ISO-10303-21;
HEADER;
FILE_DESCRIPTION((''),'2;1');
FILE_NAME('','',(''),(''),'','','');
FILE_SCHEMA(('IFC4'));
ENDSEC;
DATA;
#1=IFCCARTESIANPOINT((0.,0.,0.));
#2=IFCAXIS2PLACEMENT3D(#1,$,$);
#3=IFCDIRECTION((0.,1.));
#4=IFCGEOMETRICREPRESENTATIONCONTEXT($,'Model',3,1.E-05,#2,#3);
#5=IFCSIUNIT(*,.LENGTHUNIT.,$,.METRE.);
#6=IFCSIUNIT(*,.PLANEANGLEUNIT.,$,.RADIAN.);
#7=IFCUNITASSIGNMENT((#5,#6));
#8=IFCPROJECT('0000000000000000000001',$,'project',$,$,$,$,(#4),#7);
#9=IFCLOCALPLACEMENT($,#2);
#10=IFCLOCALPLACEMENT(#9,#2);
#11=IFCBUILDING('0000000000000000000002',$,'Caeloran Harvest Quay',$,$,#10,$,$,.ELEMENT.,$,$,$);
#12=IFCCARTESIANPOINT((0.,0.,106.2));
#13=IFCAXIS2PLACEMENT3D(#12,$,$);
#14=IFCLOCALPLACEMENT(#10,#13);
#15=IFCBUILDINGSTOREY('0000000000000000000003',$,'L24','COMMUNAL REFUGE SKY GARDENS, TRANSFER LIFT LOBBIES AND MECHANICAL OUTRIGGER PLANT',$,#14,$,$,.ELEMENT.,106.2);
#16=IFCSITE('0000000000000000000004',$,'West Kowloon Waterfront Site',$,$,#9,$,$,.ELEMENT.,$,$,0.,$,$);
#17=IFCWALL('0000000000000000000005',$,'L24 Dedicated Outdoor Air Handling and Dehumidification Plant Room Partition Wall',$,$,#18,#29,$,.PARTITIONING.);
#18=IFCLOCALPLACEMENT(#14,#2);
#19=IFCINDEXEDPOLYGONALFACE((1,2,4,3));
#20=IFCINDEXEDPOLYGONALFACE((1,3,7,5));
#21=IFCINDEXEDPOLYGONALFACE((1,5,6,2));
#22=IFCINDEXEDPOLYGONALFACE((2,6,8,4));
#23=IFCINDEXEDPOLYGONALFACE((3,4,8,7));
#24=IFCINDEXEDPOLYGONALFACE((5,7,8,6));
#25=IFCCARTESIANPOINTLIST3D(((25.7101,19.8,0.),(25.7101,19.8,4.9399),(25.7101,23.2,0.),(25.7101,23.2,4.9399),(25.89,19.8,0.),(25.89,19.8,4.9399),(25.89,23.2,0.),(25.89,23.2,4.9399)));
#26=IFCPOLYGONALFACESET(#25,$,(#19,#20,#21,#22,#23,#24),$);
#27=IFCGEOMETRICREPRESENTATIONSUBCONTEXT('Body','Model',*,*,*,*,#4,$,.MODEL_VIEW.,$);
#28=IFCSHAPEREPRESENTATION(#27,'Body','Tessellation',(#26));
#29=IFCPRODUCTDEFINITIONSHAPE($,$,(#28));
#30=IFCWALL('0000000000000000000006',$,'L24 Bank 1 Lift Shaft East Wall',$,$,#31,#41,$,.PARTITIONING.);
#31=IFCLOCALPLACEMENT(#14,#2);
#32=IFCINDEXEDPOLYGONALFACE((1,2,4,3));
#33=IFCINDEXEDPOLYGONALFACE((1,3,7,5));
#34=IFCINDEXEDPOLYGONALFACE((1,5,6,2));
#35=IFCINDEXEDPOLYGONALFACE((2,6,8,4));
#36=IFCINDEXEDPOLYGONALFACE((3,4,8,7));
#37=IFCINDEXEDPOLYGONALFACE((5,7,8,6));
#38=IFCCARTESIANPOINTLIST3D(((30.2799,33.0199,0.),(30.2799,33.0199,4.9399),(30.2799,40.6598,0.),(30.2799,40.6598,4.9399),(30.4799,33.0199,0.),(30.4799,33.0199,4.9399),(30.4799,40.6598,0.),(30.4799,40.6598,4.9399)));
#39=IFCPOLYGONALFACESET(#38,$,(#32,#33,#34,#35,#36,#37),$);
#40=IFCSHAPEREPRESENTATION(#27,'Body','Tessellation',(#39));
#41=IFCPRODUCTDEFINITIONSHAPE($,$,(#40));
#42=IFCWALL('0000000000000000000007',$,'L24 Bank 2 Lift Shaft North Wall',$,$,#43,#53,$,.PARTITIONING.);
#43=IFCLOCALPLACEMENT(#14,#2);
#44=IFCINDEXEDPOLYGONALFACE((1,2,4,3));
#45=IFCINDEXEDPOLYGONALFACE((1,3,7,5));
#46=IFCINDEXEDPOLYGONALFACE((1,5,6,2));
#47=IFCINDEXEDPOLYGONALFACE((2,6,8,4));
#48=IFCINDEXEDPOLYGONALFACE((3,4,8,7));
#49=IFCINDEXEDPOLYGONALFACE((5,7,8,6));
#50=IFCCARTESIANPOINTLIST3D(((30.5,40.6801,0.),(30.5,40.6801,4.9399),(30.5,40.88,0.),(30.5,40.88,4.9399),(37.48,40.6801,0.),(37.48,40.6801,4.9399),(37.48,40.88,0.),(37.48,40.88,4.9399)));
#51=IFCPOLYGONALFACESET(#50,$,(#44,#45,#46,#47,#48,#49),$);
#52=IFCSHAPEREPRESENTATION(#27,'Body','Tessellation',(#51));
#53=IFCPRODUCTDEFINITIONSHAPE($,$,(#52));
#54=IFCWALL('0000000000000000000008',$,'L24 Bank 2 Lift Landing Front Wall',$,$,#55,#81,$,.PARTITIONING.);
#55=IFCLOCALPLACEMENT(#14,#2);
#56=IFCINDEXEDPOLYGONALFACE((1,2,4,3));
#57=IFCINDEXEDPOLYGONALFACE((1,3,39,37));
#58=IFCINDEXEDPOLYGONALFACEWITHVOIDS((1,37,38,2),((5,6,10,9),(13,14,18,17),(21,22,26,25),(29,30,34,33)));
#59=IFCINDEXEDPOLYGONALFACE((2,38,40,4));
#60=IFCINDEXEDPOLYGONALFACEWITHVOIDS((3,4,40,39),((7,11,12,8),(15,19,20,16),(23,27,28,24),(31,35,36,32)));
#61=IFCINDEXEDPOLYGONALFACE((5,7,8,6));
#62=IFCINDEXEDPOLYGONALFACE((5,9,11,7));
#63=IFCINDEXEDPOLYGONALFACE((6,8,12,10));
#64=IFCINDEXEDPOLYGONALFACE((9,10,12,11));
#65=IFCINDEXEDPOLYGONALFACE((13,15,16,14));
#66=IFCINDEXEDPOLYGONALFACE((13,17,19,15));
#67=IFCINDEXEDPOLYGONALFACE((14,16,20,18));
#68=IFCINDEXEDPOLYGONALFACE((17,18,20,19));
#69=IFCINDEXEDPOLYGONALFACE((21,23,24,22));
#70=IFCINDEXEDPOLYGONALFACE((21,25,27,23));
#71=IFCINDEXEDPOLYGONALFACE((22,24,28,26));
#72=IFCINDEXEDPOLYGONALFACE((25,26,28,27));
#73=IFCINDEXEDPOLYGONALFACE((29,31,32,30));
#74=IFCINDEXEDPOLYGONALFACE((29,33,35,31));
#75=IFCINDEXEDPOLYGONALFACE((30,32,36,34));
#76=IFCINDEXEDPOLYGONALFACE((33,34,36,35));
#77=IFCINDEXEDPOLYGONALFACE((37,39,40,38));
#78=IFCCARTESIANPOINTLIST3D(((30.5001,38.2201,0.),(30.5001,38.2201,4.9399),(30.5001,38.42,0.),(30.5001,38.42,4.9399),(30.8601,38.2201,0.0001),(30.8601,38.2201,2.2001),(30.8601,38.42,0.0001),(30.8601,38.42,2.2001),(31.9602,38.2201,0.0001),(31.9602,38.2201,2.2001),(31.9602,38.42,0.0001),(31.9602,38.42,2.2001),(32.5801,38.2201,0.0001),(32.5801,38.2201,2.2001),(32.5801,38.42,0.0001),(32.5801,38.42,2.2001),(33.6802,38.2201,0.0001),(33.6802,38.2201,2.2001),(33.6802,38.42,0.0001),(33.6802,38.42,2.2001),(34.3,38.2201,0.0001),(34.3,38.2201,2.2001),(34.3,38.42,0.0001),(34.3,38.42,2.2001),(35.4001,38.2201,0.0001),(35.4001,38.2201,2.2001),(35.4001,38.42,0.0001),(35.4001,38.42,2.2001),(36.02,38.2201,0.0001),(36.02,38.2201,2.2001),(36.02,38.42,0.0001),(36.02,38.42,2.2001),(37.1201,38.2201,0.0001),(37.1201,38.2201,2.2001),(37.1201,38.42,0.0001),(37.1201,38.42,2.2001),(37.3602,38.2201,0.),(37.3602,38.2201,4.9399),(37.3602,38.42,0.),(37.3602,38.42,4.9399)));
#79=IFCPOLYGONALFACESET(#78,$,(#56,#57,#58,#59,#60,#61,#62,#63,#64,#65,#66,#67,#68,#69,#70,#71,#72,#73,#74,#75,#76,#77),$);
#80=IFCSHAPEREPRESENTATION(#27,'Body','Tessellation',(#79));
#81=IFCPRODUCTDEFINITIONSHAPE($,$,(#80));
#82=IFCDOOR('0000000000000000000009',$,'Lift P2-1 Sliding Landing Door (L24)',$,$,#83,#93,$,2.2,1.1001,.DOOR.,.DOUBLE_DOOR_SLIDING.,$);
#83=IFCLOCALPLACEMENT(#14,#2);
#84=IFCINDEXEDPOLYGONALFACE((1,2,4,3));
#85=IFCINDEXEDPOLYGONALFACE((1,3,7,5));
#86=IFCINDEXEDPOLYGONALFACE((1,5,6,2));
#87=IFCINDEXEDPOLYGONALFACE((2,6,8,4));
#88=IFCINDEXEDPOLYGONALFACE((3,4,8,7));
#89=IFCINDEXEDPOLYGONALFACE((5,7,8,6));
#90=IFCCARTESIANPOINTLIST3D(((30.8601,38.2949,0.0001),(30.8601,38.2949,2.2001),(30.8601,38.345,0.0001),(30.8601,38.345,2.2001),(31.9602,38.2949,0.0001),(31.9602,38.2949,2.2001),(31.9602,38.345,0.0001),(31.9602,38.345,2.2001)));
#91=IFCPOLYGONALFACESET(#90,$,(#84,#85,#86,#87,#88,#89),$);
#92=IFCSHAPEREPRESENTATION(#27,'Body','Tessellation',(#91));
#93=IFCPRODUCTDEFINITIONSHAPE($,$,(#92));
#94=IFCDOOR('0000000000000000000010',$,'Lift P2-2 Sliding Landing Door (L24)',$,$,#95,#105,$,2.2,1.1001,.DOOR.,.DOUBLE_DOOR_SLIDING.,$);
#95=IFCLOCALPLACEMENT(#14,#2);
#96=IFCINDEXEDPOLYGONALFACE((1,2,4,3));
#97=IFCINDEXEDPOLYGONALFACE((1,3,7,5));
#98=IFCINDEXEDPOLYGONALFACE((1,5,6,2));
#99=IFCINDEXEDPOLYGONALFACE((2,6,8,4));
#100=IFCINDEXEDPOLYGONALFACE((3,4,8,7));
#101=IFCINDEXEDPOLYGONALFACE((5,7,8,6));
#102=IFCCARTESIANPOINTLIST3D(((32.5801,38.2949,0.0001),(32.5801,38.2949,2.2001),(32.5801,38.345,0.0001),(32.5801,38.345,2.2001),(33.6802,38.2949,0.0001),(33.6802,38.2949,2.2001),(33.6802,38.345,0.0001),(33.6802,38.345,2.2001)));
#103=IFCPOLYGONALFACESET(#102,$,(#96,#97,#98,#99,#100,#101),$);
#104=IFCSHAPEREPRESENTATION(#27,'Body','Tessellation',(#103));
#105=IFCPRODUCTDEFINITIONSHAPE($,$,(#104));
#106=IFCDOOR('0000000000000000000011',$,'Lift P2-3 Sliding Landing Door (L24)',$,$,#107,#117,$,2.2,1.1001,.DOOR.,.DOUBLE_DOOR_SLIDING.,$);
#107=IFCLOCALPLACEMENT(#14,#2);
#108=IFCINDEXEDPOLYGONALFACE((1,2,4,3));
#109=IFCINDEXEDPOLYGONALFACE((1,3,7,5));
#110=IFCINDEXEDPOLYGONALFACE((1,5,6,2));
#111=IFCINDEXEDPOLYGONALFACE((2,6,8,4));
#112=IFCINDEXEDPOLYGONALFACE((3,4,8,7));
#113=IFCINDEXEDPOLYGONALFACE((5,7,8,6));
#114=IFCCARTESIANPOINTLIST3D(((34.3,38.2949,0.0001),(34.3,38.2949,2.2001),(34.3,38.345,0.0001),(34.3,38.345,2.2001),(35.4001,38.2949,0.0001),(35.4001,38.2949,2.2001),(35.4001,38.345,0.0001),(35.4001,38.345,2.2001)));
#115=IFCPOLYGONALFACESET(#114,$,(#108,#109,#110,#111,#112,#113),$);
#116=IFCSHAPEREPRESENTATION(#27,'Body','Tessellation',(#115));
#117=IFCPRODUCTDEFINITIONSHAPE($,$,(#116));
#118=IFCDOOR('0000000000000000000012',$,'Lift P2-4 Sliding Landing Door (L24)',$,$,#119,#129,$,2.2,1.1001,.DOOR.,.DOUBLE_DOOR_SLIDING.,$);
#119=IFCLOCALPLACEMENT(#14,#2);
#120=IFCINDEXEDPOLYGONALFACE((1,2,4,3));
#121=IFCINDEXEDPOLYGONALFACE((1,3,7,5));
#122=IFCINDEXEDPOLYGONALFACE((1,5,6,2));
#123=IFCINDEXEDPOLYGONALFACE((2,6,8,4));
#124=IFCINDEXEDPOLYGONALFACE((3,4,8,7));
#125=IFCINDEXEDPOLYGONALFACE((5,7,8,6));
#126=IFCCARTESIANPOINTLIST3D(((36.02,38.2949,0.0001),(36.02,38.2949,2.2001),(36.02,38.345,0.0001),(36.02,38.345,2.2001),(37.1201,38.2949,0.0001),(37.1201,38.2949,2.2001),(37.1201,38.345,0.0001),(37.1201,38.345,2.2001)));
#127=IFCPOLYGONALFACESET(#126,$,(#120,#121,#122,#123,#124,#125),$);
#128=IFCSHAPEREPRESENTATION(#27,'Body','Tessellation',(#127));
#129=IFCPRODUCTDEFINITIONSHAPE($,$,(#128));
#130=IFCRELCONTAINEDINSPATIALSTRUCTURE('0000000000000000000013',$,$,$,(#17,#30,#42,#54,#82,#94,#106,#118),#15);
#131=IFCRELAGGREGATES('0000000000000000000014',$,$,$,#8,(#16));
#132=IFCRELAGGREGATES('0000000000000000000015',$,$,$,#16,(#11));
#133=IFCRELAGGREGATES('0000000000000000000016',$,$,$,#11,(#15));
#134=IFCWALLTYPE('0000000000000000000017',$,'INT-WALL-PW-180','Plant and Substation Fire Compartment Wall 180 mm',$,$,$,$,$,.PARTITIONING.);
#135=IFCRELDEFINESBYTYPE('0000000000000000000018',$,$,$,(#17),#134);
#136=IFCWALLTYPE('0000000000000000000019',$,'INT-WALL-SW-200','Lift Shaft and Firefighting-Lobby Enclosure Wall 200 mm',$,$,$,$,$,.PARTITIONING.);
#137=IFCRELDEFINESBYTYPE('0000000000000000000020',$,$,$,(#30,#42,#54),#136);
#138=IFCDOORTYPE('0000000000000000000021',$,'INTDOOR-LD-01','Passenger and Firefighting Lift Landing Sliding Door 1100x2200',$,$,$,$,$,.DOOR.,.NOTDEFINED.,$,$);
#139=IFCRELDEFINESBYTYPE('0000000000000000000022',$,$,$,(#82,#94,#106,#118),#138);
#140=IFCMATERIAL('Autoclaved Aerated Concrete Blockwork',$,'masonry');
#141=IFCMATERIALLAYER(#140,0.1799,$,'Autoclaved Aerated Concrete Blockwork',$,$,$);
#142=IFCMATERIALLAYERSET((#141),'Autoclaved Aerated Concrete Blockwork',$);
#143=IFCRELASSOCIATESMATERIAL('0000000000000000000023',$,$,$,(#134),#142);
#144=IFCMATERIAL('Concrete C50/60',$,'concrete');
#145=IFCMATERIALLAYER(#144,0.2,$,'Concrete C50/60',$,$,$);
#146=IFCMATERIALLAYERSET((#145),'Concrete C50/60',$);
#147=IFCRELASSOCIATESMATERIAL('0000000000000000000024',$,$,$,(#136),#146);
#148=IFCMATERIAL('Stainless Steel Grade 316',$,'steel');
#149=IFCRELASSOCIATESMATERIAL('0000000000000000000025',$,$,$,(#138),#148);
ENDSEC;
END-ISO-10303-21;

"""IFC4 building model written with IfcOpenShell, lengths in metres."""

from ifc_helpers import new_model, si_unit, direction, frame, frame_2d, origin, place, context, subcontext, project, spatial, rectangle, extrude, material, layer, layer_set, type_object, element, fill, save


model = new_model("IFC4")

# Units and contexts
model_context = context("Model", 3, precision=1e-05, world=origin(), true_north=direction((0.0, 1.0)))
body_context = subcontext(model_context, "Body", "Model", "MODEL_VIEW")
ifc_project = project(units=[si_unit("LENGTHUNIT", "METRE"), si_unit("PLANEANGLEUNIT", "RADIAN")], contexts=[model_context])

# Site, building, storey
site_placement = place(None, origin())
site = spatial("IfcSite", under=ifc_project, at=site_placement, Name="West Kowloon Waterfront Site", CompositionType="ELEMENT", RefElevation=0.0)
building_placement = place(site_placement, origin())
building = spatial("IfcBuilding", under=site, at=building_placement, Name="Caeloran Harvest Quay", CompositionType="ELEMENT")
storey_placement = place(building_placement, frame((0.0, 0.0, 106.2)))
storey = spatial("IfcBuildingStorey", under=building, at=storey_placement, Name="L24", Description="COMMUNAL REFUGE SKY GARDENS, TRANSFER LIFT LOBBIES AND MECHANICAL OUTRIGGER PLANT", CompositionType="ELEMENT", Elevation=106.2)

# Walls
ifc_material_1 = material(Name="Autoclaved Aerated Concrete Blockwork", Category="masonry")
ifc_layer_1 = layer(ifc_material_1, 0.1799, Name="Autoclaved Aerated Concrete Blockwork")
ifc_layer_set_1 = layer_set([ifc_layer_1], Name="Autoclaved Aerated Concrete Blockwork")
wall_type_1 = type_object("IfcWallType", Name="INT-WALL-PW-180", Description="Plant and Substation Fire Compartment Wall 180 mm", PredefinedType="PARTITIONING", material=ifc_layer_set_1)
wall_1_placement = place(storey_placement, frame((25.8, 23.2, 0.0), z_axis=(0.0, 0.0, 1.0), x_axis=(0.0, -1.0, 0.0)))
element("IfcWall", 1, at=wall_1_placement, inside=storey, type_object=wall_type_1, Name="L24 Dedicated Outdoor Air Handling and Dehumidification Plant Room Partition Wall", PredefinedType="PARTITIONING", context=body_context, shape_type="SweptSolid", body=[
    extrude(rectangle(XDim=3.3999, YDim=0.1799, at=frame_2d((1.7, 0.0))), origin(), (0.0, 0.0, 1.0), 4.9399),
])
ifc_material_2 = material(Name="Concrete C50/60", Category="concrete")
ifc_layer_2 = layer(ifc_material_2, 0.2, Name="Concrete C50/60")
ifc_layer_set_2 = layer_set([ifc_layer_2], Name="Concrete C50/60")
wall_type_2 = type_object("IfcWallType", Name="INT-WALL-SW-200", Description="Lift Shaft and Firefighting-Lobby Enclosure Wall 200 mm", PredefinedType="PARTITIONING", material=ifc_layer_set_2)
wall_2_placement = place(storey_placement, frame((30.3799, 33.02, 0.0), z_axis=(0.0, 0.0, 1.0), x_axis=(0.0, 1.0, 0.0)))
element("IfcWall", 2, at=wall_2_placement, inside=storey, type_object=wall_type_2, Name="L24 Bank 1 Lift Shaft East Wall", PredefinedType="PARTITIONING", context=body_context, shape_type="SweptSolid", body=[
    extrude(rectangle(XDim=7.6399, YDim=0.2, at=frame_2d((3.8198, 0.0))), origin(), (0.0, 0.0, 1.0), 4.9399),
])
wall_3_placement = place(storey_placement, frame((30.5, 40.78, 0.0), z_axis=(0.0, 0.0, 1.0), x_axis=(1.0, 0.0, 0.0)))
element("IfcWall", 3, at=wall_3_placement, inside=storey, type_object=wall_type_2, Name="L24 Bank 2 Lift Shaft North Wall", PredefinedType="PARTITIONING", context=body_context, shape_type="SweptSolid", body=[
    extrude(rectangle(XDim=6.98, YDim=0.2, at=frame_2d((3.49, 0.0))), origin(), (0.0, 0.0, 1.0), 4.9399),
])

# Wall, openings, doors
wall_4_placement = place(storey_placement, frame((30.5, 38.3201, 0.0), z_axis=(0.0, 0.0, 1.0), x_axis=(1.0, 0.0, 0.0)))
wall_4 = element("IfcWall", 4, at=wall_4_placement, inside=storey, type_object=wall_type_2, Name="L24 Bank 2 Lift Landing Front Wall", PredefinedType="PARTITIONING", context=body_context, shape_type="SweptSolid", body=[
    extrude(rectangle(XDim=6.8601, YDim=0.2, at=frame_2d((3.4302, 0.0))), origin(), (0.0, 0.0, 1.0), 4.9399),
])
opening_1_placement = place(wall_4_placement, frame((0.3601, 0.0, 0.0)))
opening_1 = element("IfcOpeningElement", 5, at=opening_1_placement, cuts=wall_4, PredefinedType="OPENING", context=body_context, shape_type="SweptSolid", body=[
    extrude(rectangle(XDim=1.1001, YDim=2.2, at=frame_2d((0.55, 1.1001))), frame((0.0, 0.1099, 0.0), z_axis=(0.0, -1.0, 0.0), x_axis=(1.0, 0.0, 0.0)), (0.0, 0.0, 1.0), 0.22),
])
opening_2_placement = place(wall_4_placement, frame((2.0801, 0.0, 0.0)))
opening_2 = element("IfcOpeningElement", 6, at=opening_2_placement, cuts=wall_4, PredefinedType="OPENING", context=body_context, shape_type="SweptSolid", body=[
    extrude(rectangle(XDim=1.1001, YDim=2.2, at=frame_2d((0.55, 1.1001))), frame((0.0, 0.1099, 0.0), z_axis=(0.0, -1.0, 0.0), x_axis=(1.0, 0.0, 0.0)), (0.0, 0.0, 1.0), 0.22),
])
opening_3_placement = place(wall_4_placement, frame((3.8, 0.0, 0.0)))
opening_3 = element("IfcOpeningElement", 7, at=opening_3_placement, cuts=wall_4, PredefinedType="OPENING", context=body_context, shape_type="SweptSolid", body=[
    extrude(rectangle(XDim=1.1001, YDim=2.2, at=frame_2d((0.55, 1.1001))), frame((0.0, 0.1099, 0.0), z_axis=(0.0, -1.0, 0.0), x_axis=(1.0, 0.0, 0.0)), (0.0, 0.0, 1.0), 0.22),
])
opening_4_placement = place(wall_4_placement, frame((5.52, 0.0, 0.0)))
opening_4 = element("IfcOpeningElement", 8, at=opening_4_placement, cuts=wall_4, PredefinedType="OPENING", context=body_context, shape_type="SweptSolid", body=[
    extrude(rectangle(XDim=1.1001, YDim=2.2, at=frame_2d((0.55, 1.1001))), frame((0.0, 0.1099, 0.0), z_axis=(0.0, -1.0, 0.0), x_axis=(1.0, 0.0, 0.0)), (0.0, 0.0, 1.0), 0.22),
])
ifc_material_3 = material(Name="Stainless Steel Grade 316", Category="steel")
door_type_1 = type_object("IfcDoorType", Name="INTDOOR-LD-01", Description="Passenger and Firefighting Lift Landing Sliding Door 1100x2200", OperationType="NOTDEFINED", PredefinedType="DOOR", material=ifc_material_3)
door_1_placement = place(opening_1_placement, origin())
door_1 = element("IfcDoor", 9, at=door_1_placement, inside=storey, type_object=door_type_1, Name="Lift P2-1 Sliding Landing Door (L24)", OperationType="DOUBLE_DOOR_SLIDING", OverallHeight=2.2, OverallWidth=1.1001, PredefinedType="DOOR", context=body_context, shape_type="SweptSolid", body=[
    extrude(rectangle(XDim=1.1001, YDim=2.2, at=frame_2d((0.55, 1.1001))), frame((0.0, 0.0249, 0.0), z_axis=(0.0, -1.0, 0.0), x_axis=(1.0, 0.0, 0.0)), (0.0, 0.0, 1.0), 0.05),
])
fill(opening_1, door_1)
door_2_placement = place(opening_2_placement, origin())
door_2 = element("IfcDoor", 10, at=door_2_placement, inside=storey, type_object=door_type_1, Name="Lift P2-2 Sliding Landing Door (L24)", OperationType="DOUBLE_DOOR_SLIDING", OverallHeight=2.2, OverallWidth=1.1001, PredefinedType="DOOR", context=body_context, shape_type="SweptSolid", body=[
    extrude(rectangle(XDim=1.1001, YDim=2.2, at=frame_2d((0.55, 1.1001))), frame((0.0, 0.0249, 0.0), z_axis=(0.0, -1.0, 0.0), x_axis=(1.0, 0.0, 0.0)), (0.0, 0.0, 1.0), 0.05),
])
fill(opening_2, door_2)
door_3_placement = place(opening_3_placement, origin())
door_3 = element("IfcDoor", 11, at=door_3_placement, inside=storey, type_object=door_type_1, Name="Lift P2-3 Sliding Landing Door (L24)", OperationType="DOUBLE_DOOR_SLIDING", OverallHeight=2.2, OverallWidth=1.1001, PredefinedType="DOOR", context=body_context, shape_type="SweptSolid", body=[
    extrude(rectangle(XDim=1.1001, YDim=2.2, at=frame_2d((0.55, 1.1001))), frame((0.0, 0.0249, 0.0), z_axis=(0.0, -1.0, 0.0), x_axis=(1.0, 0.0, 0.0)), (0.0, 0.0, 1.0), 0.05),
])
fill(opening_3, door_3)
door_4_placement = place(opening_4_placement, origin())
door_4 = element("IfcDoor", 12, at=door_4_placement, inside=storey, type_object=door_type_1, Name="Lift P2-4 Sliding Landing Door (L24)", OperationType="DOUBLE_DOOR_SLIDING", OverallHeight=2.2, OverallWidth=1.1001, PredefinedType="DOOR", context=body_context, shape_type="SweptSolid", body=[
    extrude(rectangle(XDim=1.1001, YDim=2.2, at=frame_2d((0.55, 1.1001))), frame((0.0, 0.0249, 0.0), z_axis=(0.0, -1.0, 0.0), x_axis=(1.0, 0.0, 0.0)), (0.0, 0.0, 1.0), 0.05),
])
fill(opening_4, door_4)

save(model, "model.ifc")
